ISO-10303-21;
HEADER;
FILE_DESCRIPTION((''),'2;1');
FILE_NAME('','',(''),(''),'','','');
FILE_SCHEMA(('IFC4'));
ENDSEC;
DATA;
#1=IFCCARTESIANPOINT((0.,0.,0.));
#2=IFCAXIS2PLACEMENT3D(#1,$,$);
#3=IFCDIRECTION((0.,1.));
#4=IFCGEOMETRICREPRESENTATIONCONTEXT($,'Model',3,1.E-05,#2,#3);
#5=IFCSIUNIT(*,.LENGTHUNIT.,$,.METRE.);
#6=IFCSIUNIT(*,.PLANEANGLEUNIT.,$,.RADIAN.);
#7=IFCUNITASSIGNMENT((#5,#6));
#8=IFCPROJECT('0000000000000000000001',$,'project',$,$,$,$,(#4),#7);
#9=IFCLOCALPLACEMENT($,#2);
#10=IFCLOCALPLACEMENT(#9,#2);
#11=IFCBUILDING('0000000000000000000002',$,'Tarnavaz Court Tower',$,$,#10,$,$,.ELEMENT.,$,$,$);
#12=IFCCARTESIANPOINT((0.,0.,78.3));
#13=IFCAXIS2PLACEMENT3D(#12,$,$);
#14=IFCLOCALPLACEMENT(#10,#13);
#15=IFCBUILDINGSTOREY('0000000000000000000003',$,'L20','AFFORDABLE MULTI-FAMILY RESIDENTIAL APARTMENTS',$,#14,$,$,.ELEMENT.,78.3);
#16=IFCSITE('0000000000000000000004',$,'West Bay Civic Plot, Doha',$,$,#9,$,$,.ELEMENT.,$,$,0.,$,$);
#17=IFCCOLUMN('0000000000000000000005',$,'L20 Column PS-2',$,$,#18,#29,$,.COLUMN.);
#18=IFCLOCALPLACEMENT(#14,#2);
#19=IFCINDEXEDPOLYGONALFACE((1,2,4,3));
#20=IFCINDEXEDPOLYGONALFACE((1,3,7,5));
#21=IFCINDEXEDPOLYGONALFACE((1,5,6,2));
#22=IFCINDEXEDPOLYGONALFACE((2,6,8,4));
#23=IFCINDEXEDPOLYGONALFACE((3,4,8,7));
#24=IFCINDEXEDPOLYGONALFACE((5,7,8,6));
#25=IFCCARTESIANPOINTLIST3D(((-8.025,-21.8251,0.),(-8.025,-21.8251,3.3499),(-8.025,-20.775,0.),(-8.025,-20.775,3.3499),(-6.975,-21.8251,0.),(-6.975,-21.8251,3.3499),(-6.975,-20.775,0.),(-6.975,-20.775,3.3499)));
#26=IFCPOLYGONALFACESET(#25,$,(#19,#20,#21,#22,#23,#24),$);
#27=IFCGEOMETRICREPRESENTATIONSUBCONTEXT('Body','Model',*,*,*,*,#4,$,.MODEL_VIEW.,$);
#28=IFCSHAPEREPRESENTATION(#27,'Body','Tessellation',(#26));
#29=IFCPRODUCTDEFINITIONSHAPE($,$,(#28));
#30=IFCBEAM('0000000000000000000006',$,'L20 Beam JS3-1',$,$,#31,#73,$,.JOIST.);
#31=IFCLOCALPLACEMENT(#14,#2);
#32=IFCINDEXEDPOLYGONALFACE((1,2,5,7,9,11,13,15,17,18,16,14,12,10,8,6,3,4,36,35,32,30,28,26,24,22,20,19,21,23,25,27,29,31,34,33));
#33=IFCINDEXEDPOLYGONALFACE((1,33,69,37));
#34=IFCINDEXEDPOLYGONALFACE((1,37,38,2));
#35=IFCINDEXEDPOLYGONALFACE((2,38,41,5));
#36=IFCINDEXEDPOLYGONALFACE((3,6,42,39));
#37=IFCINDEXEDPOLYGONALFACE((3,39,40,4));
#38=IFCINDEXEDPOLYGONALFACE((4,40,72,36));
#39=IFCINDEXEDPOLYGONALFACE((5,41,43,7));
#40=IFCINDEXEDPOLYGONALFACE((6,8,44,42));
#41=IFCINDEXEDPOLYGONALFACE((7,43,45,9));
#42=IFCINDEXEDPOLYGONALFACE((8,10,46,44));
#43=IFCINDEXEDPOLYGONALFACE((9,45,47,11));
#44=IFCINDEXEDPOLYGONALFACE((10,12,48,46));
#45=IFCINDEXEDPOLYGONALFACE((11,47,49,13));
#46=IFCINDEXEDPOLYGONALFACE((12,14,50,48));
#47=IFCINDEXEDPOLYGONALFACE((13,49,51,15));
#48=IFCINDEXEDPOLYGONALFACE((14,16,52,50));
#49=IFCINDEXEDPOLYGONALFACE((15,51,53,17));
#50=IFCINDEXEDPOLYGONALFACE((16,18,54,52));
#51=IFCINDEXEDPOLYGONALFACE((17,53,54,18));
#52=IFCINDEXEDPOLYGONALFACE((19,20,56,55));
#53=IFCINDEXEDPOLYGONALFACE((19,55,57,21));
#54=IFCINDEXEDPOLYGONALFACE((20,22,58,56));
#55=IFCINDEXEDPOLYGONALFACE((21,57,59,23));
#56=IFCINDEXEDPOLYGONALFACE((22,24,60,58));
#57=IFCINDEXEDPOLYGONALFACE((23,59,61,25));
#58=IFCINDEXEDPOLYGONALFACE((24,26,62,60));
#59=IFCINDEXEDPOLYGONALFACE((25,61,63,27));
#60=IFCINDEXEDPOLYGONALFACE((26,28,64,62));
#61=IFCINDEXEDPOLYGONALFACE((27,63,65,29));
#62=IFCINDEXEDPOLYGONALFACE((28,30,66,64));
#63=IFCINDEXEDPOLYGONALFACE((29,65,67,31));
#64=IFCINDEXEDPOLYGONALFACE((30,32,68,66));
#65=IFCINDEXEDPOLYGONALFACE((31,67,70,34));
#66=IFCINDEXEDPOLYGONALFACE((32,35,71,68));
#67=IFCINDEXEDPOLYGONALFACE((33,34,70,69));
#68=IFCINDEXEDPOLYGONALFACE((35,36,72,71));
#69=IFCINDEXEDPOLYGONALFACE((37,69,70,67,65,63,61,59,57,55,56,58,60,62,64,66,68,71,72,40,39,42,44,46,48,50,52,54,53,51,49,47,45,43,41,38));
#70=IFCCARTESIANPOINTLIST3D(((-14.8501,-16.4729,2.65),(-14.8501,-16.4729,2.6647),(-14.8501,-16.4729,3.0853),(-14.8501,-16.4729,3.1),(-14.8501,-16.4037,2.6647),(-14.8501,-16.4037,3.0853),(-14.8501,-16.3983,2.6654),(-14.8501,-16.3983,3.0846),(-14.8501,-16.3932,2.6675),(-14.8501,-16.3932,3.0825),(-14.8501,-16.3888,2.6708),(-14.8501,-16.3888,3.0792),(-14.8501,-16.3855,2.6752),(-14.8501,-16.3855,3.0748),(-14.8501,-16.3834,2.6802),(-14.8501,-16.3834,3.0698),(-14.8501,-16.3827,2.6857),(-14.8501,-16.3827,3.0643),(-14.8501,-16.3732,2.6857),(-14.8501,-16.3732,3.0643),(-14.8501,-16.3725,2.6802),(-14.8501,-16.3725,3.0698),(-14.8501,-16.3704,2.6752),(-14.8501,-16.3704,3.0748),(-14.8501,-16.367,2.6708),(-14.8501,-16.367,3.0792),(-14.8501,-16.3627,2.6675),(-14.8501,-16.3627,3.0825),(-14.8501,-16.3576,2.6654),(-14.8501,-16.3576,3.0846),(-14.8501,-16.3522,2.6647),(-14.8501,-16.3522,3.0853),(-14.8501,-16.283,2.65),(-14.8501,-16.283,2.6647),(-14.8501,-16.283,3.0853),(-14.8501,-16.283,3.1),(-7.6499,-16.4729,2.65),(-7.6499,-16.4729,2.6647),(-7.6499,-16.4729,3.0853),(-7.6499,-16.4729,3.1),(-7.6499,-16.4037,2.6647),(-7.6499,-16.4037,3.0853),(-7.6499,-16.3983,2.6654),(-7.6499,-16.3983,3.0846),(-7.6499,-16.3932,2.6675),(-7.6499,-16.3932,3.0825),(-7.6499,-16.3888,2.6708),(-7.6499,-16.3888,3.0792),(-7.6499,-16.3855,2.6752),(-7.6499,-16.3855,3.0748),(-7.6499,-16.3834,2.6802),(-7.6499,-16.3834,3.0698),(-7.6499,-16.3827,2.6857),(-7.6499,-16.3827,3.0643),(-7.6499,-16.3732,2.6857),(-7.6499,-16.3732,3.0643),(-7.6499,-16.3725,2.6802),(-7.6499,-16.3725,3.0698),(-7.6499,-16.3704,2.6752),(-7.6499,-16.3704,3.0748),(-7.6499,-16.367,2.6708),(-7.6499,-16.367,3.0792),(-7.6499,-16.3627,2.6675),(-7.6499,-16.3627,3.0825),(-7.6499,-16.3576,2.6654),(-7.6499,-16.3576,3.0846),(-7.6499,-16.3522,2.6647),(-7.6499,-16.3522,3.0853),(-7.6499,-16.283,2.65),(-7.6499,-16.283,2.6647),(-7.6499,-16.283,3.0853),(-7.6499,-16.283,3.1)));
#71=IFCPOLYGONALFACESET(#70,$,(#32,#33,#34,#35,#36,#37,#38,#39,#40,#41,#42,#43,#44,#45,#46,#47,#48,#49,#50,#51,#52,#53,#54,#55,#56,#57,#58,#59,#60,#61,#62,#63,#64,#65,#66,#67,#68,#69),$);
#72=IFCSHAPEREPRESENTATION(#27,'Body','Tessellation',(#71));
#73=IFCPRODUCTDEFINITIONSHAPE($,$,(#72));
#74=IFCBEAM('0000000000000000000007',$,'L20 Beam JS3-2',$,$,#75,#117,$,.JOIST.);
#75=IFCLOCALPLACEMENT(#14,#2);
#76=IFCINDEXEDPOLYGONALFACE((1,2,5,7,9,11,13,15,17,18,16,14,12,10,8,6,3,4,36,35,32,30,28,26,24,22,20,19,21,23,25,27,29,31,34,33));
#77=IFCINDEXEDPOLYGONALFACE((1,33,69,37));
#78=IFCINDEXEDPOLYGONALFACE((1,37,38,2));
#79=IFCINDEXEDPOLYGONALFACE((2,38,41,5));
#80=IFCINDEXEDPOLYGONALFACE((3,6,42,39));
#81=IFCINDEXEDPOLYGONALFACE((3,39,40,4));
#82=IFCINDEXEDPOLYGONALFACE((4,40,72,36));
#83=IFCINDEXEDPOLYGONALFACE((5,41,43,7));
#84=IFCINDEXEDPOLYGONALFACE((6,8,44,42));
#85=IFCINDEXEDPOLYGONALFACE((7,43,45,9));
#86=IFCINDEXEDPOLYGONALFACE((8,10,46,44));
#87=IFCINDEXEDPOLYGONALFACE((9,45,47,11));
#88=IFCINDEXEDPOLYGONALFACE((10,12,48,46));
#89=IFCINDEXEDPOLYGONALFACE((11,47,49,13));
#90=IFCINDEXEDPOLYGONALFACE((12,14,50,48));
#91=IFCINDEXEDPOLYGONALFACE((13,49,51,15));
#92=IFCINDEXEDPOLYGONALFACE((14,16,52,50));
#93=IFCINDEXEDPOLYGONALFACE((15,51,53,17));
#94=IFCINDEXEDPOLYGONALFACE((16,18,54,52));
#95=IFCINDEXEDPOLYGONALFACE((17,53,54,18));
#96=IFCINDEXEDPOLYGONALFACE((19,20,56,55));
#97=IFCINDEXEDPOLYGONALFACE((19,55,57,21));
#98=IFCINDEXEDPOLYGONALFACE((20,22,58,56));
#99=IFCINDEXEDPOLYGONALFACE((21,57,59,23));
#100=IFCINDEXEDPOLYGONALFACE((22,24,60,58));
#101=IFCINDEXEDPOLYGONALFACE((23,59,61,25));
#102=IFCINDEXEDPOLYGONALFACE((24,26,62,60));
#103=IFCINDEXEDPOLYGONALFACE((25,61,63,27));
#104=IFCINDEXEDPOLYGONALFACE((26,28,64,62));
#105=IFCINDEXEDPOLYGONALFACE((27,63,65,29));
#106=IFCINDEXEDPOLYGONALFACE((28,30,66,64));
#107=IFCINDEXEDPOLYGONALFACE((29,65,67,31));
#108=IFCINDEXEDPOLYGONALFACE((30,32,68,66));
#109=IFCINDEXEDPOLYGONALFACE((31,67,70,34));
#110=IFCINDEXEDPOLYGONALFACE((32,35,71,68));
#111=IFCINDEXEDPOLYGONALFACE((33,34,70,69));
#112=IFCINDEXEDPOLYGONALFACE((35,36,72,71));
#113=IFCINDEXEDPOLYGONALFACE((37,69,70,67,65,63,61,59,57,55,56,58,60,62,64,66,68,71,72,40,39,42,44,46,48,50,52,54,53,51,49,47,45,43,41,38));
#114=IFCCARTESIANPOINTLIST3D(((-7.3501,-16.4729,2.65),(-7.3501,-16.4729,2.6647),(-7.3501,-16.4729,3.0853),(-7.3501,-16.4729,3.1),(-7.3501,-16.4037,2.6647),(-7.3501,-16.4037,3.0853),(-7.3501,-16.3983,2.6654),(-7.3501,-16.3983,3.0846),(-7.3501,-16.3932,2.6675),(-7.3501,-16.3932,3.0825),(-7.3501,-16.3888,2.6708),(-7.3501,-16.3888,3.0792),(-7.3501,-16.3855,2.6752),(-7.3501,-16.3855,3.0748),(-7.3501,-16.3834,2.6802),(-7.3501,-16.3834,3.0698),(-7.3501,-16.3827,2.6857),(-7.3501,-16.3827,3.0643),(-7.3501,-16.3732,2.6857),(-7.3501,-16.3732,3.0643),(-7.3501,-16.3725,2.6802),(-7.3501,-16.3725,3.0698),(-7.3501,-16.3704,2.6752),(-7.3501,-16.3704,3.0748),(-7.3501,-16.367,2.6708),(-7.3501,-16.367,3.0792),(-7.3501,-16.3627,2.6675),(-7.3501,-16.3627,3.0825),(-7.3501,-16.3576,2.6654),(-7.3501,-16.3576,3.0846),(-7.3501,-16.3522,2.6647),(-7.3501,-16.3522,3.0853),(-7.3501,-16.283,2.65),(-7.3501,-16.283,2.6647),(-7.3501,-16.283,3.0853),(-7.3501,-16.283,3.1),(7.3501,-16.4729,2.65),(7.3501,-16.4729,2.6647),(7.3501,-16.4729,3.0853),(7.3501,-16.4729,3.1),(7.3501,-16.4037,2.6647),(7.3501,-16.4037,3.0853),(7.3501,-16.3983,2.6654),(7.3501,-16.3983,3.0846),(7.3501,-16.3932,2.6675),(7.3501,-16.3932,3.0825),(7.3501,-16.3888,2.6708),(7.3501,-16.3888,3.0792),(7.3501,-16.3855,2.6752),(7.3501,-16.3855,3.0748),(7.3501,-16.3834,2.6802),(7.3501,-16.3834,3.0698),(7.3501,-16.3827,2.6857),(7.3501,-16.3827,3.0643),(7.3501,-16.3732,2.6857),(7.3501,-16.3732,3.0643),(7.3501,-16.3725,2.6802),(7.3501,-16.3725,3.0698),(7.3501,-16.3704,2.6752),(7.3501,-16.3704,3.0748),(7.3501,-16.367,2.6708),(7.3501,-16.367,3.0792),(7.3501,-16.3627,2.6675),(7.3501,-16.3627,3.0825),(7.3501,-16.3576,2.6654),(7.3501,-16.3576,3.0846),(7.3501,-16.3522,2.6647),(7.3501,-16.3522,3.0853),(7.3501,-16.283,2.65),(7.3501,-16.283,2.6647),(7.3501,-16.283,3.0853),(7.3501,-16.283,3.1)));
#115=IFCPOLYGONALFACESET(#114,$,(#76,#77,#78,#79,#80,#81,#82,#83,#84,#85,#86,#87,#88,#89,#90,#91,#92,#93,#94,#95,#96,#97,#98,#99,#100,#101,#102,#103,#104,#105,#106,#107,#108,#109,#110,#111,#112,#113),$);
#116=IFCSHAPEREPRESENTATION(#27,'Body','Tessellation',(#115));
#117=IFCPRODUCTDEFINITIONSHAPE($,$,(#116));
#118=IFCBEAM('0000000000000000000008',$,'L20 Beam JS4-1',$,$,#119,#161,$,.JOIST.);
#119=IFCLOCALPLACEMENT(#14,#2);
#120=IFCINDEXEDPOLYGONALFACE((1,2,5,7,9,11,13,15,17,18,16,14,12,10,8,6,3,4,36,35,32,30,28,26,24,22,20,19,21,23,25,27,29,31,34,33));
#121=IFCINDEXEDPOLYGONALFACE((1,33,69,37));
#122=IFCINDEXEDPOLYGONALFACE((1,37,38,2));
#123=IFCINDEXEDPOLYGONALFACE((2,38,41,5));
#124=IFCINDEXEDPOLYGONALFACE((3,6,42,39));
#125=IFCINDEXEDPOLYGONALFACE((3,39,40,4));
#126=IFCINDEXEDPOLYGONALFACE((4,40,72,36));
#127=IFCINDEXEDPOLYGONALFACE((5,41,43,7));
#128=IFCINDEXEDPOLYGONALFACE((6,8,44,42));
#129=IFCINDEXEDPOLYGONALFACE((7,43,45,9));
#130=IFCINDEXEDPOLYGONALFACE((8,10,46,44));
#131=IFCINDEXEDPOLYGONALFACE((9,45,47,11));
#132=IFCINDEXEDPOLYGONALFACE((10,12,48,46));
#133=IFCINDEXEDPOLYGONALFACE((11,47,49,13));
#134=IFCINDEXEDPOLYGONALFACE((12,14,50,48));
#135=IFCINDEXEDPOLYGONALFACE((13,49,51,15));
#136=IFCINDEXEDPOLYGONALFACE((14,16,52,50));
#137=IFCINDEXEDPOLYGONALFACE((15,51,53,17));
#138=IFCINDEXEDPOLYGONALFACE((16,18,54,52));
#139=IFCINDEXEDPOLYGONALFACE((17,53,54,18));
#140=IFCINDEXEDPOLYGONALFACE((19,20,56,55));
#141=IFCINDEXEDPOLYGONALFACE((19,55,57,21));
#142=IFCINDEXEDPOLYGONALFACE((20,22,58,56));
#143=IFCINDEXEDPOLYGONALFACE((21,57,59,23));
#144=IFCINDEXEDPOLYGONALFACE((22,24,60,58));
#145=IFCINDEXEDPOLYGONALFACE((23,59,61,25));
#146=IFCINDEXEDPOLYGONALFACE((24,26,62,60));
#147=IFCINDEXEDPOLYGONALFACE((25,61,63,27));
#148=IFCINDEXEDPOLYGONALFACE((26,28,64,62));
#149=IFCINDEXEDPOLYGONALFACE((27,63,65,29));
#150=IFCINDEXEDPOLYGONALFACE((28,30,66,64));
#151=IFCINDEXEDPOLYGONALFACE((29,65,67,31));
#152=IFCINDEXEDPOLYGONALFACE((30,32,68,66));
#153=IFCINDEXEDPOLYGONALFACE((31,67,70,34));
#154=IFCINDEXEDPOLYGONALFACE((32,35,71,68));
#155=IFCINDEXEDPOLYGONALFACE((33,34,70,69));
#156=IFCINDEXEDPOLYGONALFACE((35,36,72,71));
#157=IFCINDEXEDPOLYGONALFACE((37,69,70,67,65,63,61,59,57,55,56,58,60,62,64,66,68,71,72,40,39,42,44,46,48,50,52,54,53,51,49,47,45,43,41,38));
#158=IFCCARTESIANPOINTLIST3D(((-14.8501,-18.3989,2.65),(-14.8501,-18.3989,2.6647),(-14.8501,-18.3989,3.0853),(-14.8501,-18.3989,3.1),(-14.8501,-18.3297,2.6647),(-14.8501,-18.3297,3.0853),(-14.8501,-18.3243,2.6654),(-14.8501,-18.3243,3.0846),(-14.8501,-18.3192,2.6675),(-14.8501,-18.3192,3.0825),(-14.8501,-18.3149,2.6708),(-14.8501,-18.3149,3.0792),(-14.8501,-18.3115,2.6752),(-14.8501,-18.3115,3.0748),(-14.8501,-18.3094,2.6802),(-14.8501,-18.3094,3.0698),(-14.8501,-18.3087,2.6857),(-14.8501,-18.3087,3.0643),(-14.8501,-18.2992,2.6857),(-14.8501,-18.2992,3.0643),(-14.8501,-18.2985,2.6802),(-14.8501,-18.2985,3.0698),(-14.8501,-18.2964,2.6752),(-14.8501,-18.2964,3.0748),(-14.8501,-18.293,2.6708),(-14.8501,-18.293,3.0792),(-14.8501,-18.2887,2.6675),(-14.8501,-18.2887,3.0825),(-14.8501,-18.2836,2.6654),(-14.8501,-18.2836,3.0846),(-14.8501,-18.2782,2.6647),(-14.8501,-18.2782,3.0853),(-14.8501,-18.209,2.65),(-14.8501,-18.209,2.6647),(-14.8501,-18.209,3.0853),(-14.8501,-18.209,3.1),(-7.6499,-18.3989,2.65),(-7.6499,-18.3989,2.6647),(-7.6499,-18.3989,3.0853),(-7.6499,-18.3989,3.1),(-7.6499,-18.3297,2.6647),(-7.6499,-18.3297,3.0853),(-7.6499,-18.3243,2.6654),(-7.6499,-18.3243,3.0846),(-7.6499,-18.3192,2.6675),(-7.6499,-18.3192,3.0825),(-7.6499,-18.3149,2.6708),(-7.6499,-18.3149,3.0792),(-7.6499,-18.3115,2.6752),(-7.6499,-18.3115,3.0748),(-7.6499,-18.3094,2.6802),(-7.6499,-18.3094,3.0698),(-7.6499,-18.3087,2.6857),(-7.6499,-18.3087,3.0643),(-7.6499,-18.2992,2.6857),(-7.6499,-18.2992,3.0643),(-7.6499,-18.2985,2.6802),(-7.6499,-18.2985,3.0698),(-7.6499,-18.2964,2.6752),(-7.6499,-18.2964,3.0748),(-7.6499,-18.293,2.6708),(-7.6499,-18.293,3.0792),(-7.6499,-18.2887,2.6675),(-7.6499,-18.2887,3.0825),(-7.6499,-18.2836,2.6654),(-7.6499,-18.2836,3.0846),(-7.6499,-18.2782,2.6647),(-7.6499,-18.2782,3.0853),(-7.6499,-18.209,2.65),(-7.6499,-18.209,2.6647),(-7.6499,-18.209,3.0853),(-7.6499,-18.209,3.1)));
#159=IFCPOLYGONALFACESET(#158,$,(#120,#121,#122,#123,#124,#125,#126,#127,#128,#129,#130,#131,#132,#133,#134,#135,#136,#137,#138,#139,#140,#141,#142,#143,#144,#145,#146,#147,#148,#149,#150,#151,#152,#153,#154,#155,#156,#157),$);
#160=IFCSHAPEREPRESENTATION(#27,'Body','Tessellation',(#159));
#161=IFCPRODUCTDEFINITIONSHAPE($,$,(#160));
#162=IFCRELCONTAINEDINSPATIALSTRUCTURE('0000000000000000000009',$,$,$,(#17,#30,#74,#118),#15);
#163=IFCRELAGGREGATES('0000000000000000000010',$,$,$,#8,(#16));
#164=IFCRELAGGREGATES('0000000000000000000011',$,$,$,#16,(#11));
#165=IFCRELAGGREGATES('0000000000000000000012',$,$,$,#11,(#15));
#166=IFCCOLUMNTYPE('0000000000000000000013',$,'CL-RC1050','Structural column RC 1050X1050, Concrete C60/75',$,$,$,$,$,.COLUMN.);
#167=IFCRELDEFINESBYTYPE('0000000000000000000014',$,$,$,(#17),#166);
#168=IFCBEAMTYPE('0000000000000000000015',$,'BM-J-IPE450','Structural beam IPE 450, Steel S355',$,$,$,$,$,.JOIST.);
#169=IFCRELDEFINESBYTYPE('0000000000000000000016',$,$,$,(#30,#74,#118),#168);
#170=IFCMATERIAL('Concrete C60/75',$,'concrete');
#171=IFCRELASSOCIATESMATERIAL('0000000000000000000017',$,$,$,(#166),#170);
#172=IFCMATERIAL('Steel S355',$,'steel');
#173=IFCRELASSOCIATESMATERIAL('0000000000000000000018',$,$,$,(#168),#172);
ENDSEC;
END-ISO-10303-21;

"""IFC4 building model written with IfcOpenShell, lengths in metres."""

from ifc_helpers import new_model, si_unit, direction, frame, origin, origin_2d, place, context, subcontext, project, spatial, rectangle, i_section, extrude, material, material_profile, profile_set, type_object, element, save


model = new_model("IFC4")

# Units and contexts
model_context = context("Model", 3, precision=1e-05, world=origin(), true_north=direction((0.0, 1.0)))
body_context = subcontext(model_context, "Body", "Model", "MODEL_VIEW")
ifc_project = project(units=[si_unit("LENGTHUNIT", "METRE"), si_unit("PLANEANGLEUNIT", "RADIAN")], contexts=[model_context])

# Site, building, storey
site_placement = place(None, origin())
site = spatial("IfcSite", under=ifc_project, at=site_placement, Name="West Bay Civic Plot, Doha", CompositionType="ELEMENT", RefElevation=0.0)
building_placement = place(site_placement, origin())
building = spatial("IfcBuilding", under=site, at=building_placement, Name="Tarnavaz Court Tower", CompositionType="ELEMENT")
storey_placement = place(building_placement, frame((0.0, 0.0, 78.3)))
storey = spatial("IfcBuildingStorey", under=building, at=storey_placement, Name="L20", Description="AFFORDABLE MULTI-FAMILY RESIDENTIAL APARTMENTS", CompositionType="ELEMENT", Elevation=78.3)

# Column
ifc_material_1 = material(Name="Concrete C60/75", Category="concrete")
ifc_material_profile_1 = material_profile(ifc_material_1, rectangle(XDim=1.05, YDim=1.05, at=origin_2d()), Name="RC 1050X1050")
ifc_profile_set_1 = profile_set([ifc_material_profile_1], Name="Concrete C60/75")
column_type = type_object("IfcColumnType", Name="CL-RC1050", Description="Structural column RC 1050X1050, Concrete C60/75", PredefinedType="COLUMN", material=ifc_profile_set_1)
column_placement = place(storey_placement, frame((-7.5, -21.3, 0.0), z_axis=(0.0, 0.0, 1.0), x_axis=(1.0, 0.0, 0.0)))
element("IfcColumn", 1, at=column_placement, inside=storey, type_object=column_type, Name="L20 Column PS-2", PredefinedType="COLUMN", context=body_context, shape_type="SweptSolid", body=[
    extrude(rectangle(XDim=1.05, YDim=1.05, at=origin_2d()), origin(), (0.0, 0.0, 1.0), 3.3499),
])

# Beams
ifc_material_2 = material(Name="Steel S355", Category="steel")
ifc_material_profile_2 = material_profile(ifc_material_2, i_section(OverallWidth=0.1899, OverallDepth=0.45, WebThickness=0.0095, FlangeThickness=0.0146, FilletRadius=0.021, at=origin_2d()), Name="IPE 450")
ifc_profile_set_2 = profile_set([ifc_material_profile_2], Name="Steel S355")
beam_type_1 = type_object("IfcBeamType", Name="BM-J-IPE450", Description="Structural beam IPE 450, Steel S355", PredefinedType="JOIST", material=ifc_profile_set_2)
beam_1_placement = place(storey_placement, frame((-14.8501, -16.3779, 2.875), z_axis=(1.0, 0.0, 0.0), x_axis=(0.0, 1.0, 0.0)))
element("IfcBeam", 2, at=beam_1_placement, inside=storey, type_object=beam_type_1, Name="L20 Beam JS3-1", PredefinedType="JOIST", context=body_context, shape_type="SweptSolid", body=[
    extrude(i_section(OverallWidth=0.1899, OverallDepth=0.45, WebThickness=0.0095, FlangeThickness=0.0146, FilletRadius=0.021, at=origin_2d()), origin(), (0.0, 0.0, 1.0), 7.2002),
])
beam_2_placement = place(storey_placement, frame((-7.3501, -16.3779, 2.875), z_axis=(1.0, 0.0, 0.0), x_axis=(0.0, 1.0, 0.0)))
element("IfcBeam", 3, at=beam_2_placement, inside=storey, type_object=beam_type_1, Name="L20 Beam JS3-2", PredefinedType="JOIST", context=body_context, shape_type="SweptSolid", body=[
    extrude(i_section(OverallWidth=0.1899, OverallDepth=0.45, WebThickness=0.0095, FlangeThickness=0.0146, FilletRadius=0.021, at=origin_2d()), origin(), (0.0, 0.0, 1.0), 14.7002),
])
beam_3_placement = place(storey_placement, frame((-14.8501, -18.304, 2.875), z_axis=(1.0, 0.0, 0.0), x_axis=(0.0, 1.0, 0.0)))
element("IfcBeam", 4, at=beam_3_placement, inside=storey, type_object=beam_type_1, Name="L20 Beam JS4-1", PredefinedType="JOIST", context=body_context, shape_type="SweptSolid", body=[
    extrude(i_section(OverallWidth=0.1899, OverallDepth=0.45, WebThickness=0.0095, FlangeThickness=0.0146, FilletRadius=0.021, at=origin_2d()), origin(), (0.0, 0.0, 1.0), 7.2002),
])

save(model, "model.ifc")
